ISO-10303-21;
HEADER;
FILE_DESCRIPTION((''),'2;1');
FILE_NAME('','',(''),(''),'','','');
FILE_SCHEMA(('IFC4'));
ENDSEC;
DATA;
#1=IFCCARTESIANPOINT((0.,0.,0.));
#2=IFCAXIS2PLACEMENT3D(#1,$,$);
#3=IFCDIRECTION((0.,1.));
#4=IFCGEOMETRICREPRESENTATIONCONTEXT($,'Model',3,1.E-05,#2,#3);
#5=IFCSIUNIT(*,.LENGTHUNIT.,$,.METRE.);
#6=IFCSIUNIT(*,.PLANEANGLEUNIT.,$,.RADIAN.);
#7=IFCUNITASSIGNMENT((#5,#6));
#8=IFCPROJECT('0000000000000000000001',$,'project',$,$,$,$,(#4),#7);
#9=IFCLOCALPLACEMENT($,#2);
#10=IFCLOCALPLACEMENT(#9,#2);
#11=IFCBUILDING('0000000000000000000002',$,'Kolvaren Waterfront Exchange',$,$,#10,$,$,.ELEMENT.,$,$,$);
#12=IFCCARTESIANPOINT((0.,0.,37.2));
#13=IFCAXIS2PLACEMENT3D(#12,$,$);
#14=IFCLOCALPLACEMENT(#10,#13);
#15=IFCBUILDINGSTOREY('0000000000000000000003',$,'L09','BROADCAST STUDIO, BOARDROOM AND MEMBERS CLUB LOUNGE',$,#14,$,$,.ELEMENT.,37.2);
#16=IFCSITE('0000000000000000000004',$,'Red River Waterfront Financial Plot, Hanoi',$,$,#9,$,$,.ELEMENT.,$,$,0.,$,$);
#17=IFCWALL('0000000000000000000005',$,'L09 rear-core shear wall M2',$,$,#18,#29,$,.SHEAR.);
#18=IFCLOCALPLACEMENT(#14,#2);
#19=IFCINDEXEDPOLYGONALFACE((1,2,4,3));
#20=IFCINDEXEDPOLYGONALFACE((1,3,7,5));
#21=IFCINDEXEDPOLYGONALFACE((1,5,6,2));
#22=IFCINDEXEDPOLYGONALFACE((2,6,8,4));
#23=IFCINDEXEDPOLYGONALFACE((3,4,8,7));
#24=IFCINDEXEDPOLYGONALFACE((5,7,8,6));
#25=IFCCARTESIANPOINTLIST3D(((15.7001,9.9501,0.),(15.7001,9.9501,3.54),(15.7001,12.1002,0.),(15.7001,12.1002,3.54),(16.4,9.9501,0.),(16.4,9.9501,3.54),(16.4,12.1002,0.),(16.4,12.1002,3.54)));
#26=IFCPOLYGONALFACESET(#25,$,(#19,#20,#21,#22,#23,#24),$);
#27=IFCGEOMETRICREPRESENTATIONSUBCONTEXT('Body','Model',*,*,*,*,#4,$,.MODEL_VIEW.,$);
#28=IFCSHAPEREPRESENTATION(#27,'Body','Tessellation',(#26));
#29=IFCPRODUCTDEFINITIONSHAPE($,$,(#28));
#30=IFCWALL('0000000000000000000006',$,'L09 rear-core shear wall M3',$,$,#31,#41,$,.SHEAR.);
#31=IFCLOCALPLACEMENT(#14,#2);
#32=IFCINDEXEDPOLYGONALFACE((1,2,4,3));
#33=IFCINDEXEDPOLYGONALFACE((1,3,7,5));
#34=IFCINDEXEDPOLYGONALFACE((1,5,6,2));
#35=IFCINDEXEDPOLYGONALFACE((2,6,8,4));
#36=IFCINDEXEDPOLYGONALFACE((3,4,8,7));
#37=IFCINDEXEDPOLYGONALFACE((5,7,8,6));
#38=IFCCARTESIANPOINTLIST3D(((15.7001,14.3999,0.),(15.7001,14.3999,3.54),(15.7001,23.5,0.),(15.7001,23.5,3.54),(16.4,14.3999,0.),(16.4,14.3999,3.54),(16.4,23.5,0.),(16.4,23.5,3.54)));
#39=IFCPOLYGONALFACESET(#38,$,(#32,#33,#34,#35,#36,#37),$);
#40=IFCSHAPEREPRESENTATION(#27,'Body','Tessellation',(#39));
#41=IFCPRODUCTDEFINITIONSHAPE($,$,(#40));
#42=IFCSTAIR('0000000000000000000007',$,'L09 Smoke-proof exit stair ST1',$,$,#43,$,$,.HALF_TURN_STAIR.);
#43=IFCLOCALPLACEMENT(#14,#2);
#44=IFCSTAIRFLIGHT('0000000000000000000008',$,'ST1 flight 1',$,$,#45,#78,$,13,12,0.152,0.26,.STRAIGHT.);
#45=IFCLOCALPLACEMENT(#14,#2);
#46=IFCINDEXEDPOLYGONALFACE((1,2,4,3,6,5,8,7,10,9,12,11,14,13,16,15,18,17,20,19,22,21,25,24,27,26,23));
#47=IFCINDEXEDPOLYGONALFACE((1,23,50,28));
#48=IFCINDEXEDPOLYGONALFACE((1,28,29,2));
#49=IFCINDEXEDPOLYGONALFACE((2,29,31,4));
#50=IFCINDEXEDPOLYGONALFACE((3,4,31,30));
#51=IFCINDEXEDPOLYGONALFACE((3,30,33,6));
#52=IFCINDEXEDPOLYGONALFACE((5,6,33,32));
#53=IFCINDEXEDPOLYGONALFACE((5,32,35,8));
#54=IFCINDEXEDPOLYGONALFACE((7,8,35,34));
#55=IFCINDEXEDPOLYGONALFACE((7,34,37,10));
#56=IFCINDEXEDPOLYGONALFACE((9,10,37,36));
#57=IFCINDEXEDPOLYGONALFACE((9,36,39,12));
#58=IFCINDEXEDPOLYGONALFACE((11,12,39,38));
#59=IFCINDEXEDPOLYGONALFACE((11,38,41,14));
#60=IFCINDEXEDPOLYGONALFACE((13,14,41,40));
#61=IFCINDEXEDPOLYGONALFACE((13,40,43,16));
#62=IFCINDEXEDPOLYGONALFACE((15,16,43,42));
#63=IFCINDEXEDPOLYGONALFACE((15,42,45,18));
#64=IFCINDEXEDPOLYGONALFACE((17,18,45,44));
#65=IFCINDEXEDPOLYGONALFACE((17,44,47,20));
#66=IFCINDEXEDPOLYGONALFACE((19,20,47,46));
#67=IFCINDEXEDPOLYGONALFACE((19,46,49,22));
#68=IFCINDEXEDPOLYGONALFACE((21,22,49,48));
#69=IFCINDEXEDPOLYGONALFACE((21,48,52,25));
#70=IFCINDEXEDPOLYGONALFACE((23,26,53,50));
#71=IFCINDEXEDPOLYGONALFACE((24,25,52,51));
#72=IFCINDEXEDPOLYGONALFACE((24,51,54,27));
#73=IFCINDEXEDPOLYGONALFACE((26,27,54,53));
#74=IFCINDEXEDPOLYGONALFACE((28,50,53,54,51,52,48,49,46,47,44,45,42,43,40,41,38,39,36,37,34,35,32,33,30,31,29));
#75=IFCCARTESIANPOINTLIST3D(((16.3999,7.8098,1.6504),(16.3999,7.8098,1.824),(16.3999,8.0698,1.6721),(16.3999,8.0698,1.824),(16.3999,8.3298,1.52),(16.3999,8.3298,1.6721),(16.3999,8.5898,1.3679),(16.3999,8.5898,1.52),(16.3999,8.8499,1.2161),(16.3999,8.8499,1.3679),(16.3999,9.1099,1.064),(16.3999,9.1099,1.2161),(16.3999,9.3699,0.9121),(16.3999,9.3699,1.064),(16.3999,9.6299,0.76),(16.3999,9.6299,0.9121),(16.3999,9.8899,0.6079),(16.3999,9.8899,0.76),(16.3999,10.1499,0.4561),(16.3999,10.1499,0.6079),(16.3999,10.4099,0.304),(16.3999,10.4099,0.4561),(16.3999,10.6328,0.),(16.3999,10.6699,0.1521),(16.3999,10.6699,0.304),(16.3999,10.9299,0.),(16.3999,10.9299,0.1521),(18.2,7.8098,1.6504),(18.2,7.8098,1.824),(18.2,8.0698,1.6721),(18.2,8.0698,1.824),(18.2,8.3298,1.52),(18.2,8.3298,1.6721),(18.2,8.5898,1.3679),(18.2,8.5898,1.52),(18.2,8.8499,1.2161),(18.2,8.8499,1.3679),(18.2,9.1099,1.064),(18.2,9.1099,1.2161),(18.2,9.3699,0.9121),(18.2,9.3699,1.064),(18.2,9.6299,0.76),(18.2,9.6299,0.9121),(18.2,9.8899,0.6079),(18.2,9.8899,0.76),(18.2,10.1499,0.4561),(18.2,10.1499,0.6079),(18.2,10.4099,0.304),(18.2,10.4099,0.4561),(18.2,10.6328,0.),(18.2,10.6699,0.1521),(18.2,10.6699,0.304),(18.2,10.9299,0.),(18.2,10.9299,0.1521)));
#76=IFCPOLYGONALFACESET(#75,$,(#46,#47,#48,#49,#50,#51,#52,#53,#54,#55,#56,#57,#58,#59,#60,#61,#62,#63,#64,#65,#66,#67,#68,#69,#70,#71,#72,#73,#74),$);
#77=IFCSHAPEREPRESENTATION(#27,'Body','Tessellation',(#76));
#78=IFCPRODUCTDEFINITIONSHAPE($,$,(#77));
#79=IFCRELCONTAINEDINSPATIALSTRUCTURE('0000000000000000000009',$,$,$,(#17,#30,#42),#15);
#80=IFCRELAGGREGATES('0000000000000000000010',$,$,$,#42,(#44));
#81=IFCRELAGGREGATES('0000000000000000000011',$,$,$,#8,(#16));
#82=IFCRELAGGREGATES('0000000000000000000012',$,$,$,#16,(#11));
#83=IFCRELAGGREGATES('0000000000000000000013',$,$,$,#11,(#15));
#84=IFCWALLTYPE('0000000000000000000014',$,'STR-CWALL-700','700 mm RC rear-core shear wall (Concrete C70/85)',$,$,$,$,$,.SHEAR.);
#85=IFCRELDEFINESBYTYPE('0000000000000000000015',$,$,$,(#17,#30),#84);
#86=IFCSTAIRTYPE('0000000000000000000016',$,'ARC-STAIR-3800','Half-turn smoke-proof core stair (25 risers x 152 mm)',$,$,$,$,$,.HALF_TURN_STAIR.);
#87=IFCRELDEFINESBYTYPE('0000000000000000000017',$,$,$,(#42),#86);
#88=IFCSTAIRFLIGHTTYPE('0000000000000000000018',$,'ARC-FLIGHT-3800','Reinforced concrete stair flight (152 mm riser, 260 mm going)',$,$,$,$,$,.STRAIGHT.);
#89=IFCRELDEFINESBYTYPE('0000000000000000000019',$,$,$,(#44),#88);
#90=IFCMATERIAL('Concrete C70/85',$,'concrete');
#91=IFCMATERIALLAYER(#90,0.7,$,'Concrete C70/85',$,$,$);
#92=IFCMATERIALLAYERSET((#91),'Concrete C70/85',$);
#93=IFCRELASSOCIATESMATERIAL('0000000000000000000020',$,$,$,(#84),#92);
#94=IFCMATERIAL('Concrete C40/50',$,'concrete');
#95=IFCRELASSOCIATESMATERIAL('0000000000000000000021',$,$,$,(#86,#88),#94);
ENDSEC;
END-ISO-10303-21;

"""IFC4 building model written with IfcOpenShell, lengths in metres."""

from ifc_helpers import new_model, si_unit, direction, frame, frame_2d, origin, place, context, subcontext, project, spatial, polyline, rectangle, outline, extrude, material, layer, layer_set, type_object, element, aggregate, save


model = new_model("IFC4")

# Units and contexts
model_context = context("Model", 3, precision=1e-05, world=origin(), true_north=direction((0.0, 1.0)))
body_context = subcontext(model_context, "Body", "Model", "MODEL_VIEW")
ifc_project = project(units=[si_unit("LENGTHUNIT", "METRE"), si_unit("PLANEANGLEUNIT", "RADIAN")], contexts=[model_context])

# Site, building, storey
site_placement = place(None, origin())
site = spatial("IfcSite", under=ifc_project, at=site_placement, Name="Red River Waterfront Financial Plot, Hanoi", CompositionType="ELEMENT", RefElevation=0.0)
building_placement = place(site_placement, origin())
building = spatial("IfcBuilding", under=site, at=building_placement, Name="Kolvaren Waterfront Exchange", CompositionType="ELEMENT")
storey_placement = place(building_placement, frame((0.0, 0.0, 37.2)))
storey = spatial("IfcBuildingStorey", under=building, at=storey_placement, Name="L09", Description="BROADCAST STUDIO, BOARDROOM AND MEMBERS CLUB LOUNGE", CompositionType="ELEMENT", Elevation=37.2)

# Walls
ifc_material_1 = material(Name="Concrete C40/50", Category="concrete")
ifc_material_2 = material(Name="Concrete C70/85", Category="concrete")
ifc_layer_1 = layer(ifc_material_2, 0.7, Name="Concrete C70/85")
ifc_layer_set_1 = layer_set([ifc_layer_1], Name="Concrete C70/85")
wall_type_1 = type_object("IfcWallType", Name="STR-CWALL-700", Description="700 mm RC rear-core shear wall (Concrete C70/85)", PredefinedType="SHEAR", material=ifc_layer_set_1)
wall_1_placement = place(storey_placement, frame((16.05, 9.95, 0.0), z_axis=(0.0, 0.0, 1.0), x_axis=(0.0, 1.0, 0.0)))
element("IfcWall", 1, at=wall_1_placement, inside=storey, type_object=wall_type_1, Name="L09 rear-core shear wall M2", PredefinedType="SHEAR", context=body_context, shape_type="SweptSolid", body=[
    extrude(rectangle(XDim=2.1501, YDim=0.7, at=frame_2d((1.0752, 0.0))), origin(), (0.0, 0.0, 1.0), 3.54),
])
wall_2_placement = place(storey_placement, frame((16.05, 14.3999, 0.0), z_axis=(0.0, 0.0, 1.0), x_axis=(0.0, 1.0, 0.0)))
element("IfcWall", 2, at=wall_2_placement, inside=storey, type_object=wall_type_1, Name="L09 rear-core shear wall M3", PredefinedType="SHEAR", context=body_context, shape_type="SweptSolid", body=[
    extrude(rectangle(XDim=9.1001, YDim=0.7, at=frame_2d((4.55, 0.0))), origin(), (0.0, 0.0, 1.0), 3.54),
])

# Stair, stair flight
stair_type = type_object("IfcStairType", Name="ARC-STAIR-3800", Description="Half-turn smoke-proof core stair (25 risers x 152 mm)", PredefinedType="HALF_TURN_STAIR", material=ifc_material_1)
stair_placement = place(storey_placement, origin())
stair = element("IfcStair", 3, at=stair_placement, inside=storey, type_object=stair_type, Name="L09 Smoke-proof exit stair ST1", PredefinedType="HALF_TURN_STAIR")
stair_flight_type = type_object("IfcStairFlightType", Name="ARC-FLIGHT-3800", Description="Reinforced concrete stair flight (152 mm riser, 260 mm going)", PredefinedType="STRAIGHT", material=ifc_material_1)
stair_flight_placement = place(storey_placement, frame((17.3, 10.9299, 0.0), z_axis=(0.0, 0.0, 1.0), x_axis=(0.0, -1.0, 0.0)))
stair_flight = element("IfcStairFlight", 4, at=stair_flight_placement, type_object=stair_flight_type, Name="ST1 flight 1", NumberOfRisers=13, NumberOfTreads=12, PredefinedType="STRAIGHT", RiserHeight=0.152, TreadLength=0.26, context=body_context, shape_type="SweptSolid", body=[
    extrude(outline(polyline([(0.0, 0.0), (0.0, 0.1521), (0.26, 0.1521), (0.26, 0.304), (0.52, 0.304), (0.52, 0.4561), (0.78, 0.4561), (0.78, 0.6079), (1.04, 0.6079), (1.04, 0.76), (1.3, 0.76), (1.3, 0.9121), (1.5601, 0.9121), (1.5601, 1.064), (1.8201, 1.064), (1.8201, 1.2161), (2.0801, 1.2161), (2.0801, 1.3679), (2.3401, 1.3679), (2.3401, 1.52), (2.6001, 1.52), (2.6001, 1.6721), (2.8601, 1.6721), (2.8601, 1.824), (3.1201, 1.824), (3.1201, 1.9761), (3.1201, 1.6504), (0.2971, 0.0), (0.0, 0.0)])), frame((0.0, 0.8999, 0.0), z_axis=(0.0, -1.0, 0.0), x_axis=(1.0, 0.0, 0.0)), (0.0, 0.0, 1.0), 1.8),
])
aggregate(stair, [stair_flight])

save(model, "model.ifc")
